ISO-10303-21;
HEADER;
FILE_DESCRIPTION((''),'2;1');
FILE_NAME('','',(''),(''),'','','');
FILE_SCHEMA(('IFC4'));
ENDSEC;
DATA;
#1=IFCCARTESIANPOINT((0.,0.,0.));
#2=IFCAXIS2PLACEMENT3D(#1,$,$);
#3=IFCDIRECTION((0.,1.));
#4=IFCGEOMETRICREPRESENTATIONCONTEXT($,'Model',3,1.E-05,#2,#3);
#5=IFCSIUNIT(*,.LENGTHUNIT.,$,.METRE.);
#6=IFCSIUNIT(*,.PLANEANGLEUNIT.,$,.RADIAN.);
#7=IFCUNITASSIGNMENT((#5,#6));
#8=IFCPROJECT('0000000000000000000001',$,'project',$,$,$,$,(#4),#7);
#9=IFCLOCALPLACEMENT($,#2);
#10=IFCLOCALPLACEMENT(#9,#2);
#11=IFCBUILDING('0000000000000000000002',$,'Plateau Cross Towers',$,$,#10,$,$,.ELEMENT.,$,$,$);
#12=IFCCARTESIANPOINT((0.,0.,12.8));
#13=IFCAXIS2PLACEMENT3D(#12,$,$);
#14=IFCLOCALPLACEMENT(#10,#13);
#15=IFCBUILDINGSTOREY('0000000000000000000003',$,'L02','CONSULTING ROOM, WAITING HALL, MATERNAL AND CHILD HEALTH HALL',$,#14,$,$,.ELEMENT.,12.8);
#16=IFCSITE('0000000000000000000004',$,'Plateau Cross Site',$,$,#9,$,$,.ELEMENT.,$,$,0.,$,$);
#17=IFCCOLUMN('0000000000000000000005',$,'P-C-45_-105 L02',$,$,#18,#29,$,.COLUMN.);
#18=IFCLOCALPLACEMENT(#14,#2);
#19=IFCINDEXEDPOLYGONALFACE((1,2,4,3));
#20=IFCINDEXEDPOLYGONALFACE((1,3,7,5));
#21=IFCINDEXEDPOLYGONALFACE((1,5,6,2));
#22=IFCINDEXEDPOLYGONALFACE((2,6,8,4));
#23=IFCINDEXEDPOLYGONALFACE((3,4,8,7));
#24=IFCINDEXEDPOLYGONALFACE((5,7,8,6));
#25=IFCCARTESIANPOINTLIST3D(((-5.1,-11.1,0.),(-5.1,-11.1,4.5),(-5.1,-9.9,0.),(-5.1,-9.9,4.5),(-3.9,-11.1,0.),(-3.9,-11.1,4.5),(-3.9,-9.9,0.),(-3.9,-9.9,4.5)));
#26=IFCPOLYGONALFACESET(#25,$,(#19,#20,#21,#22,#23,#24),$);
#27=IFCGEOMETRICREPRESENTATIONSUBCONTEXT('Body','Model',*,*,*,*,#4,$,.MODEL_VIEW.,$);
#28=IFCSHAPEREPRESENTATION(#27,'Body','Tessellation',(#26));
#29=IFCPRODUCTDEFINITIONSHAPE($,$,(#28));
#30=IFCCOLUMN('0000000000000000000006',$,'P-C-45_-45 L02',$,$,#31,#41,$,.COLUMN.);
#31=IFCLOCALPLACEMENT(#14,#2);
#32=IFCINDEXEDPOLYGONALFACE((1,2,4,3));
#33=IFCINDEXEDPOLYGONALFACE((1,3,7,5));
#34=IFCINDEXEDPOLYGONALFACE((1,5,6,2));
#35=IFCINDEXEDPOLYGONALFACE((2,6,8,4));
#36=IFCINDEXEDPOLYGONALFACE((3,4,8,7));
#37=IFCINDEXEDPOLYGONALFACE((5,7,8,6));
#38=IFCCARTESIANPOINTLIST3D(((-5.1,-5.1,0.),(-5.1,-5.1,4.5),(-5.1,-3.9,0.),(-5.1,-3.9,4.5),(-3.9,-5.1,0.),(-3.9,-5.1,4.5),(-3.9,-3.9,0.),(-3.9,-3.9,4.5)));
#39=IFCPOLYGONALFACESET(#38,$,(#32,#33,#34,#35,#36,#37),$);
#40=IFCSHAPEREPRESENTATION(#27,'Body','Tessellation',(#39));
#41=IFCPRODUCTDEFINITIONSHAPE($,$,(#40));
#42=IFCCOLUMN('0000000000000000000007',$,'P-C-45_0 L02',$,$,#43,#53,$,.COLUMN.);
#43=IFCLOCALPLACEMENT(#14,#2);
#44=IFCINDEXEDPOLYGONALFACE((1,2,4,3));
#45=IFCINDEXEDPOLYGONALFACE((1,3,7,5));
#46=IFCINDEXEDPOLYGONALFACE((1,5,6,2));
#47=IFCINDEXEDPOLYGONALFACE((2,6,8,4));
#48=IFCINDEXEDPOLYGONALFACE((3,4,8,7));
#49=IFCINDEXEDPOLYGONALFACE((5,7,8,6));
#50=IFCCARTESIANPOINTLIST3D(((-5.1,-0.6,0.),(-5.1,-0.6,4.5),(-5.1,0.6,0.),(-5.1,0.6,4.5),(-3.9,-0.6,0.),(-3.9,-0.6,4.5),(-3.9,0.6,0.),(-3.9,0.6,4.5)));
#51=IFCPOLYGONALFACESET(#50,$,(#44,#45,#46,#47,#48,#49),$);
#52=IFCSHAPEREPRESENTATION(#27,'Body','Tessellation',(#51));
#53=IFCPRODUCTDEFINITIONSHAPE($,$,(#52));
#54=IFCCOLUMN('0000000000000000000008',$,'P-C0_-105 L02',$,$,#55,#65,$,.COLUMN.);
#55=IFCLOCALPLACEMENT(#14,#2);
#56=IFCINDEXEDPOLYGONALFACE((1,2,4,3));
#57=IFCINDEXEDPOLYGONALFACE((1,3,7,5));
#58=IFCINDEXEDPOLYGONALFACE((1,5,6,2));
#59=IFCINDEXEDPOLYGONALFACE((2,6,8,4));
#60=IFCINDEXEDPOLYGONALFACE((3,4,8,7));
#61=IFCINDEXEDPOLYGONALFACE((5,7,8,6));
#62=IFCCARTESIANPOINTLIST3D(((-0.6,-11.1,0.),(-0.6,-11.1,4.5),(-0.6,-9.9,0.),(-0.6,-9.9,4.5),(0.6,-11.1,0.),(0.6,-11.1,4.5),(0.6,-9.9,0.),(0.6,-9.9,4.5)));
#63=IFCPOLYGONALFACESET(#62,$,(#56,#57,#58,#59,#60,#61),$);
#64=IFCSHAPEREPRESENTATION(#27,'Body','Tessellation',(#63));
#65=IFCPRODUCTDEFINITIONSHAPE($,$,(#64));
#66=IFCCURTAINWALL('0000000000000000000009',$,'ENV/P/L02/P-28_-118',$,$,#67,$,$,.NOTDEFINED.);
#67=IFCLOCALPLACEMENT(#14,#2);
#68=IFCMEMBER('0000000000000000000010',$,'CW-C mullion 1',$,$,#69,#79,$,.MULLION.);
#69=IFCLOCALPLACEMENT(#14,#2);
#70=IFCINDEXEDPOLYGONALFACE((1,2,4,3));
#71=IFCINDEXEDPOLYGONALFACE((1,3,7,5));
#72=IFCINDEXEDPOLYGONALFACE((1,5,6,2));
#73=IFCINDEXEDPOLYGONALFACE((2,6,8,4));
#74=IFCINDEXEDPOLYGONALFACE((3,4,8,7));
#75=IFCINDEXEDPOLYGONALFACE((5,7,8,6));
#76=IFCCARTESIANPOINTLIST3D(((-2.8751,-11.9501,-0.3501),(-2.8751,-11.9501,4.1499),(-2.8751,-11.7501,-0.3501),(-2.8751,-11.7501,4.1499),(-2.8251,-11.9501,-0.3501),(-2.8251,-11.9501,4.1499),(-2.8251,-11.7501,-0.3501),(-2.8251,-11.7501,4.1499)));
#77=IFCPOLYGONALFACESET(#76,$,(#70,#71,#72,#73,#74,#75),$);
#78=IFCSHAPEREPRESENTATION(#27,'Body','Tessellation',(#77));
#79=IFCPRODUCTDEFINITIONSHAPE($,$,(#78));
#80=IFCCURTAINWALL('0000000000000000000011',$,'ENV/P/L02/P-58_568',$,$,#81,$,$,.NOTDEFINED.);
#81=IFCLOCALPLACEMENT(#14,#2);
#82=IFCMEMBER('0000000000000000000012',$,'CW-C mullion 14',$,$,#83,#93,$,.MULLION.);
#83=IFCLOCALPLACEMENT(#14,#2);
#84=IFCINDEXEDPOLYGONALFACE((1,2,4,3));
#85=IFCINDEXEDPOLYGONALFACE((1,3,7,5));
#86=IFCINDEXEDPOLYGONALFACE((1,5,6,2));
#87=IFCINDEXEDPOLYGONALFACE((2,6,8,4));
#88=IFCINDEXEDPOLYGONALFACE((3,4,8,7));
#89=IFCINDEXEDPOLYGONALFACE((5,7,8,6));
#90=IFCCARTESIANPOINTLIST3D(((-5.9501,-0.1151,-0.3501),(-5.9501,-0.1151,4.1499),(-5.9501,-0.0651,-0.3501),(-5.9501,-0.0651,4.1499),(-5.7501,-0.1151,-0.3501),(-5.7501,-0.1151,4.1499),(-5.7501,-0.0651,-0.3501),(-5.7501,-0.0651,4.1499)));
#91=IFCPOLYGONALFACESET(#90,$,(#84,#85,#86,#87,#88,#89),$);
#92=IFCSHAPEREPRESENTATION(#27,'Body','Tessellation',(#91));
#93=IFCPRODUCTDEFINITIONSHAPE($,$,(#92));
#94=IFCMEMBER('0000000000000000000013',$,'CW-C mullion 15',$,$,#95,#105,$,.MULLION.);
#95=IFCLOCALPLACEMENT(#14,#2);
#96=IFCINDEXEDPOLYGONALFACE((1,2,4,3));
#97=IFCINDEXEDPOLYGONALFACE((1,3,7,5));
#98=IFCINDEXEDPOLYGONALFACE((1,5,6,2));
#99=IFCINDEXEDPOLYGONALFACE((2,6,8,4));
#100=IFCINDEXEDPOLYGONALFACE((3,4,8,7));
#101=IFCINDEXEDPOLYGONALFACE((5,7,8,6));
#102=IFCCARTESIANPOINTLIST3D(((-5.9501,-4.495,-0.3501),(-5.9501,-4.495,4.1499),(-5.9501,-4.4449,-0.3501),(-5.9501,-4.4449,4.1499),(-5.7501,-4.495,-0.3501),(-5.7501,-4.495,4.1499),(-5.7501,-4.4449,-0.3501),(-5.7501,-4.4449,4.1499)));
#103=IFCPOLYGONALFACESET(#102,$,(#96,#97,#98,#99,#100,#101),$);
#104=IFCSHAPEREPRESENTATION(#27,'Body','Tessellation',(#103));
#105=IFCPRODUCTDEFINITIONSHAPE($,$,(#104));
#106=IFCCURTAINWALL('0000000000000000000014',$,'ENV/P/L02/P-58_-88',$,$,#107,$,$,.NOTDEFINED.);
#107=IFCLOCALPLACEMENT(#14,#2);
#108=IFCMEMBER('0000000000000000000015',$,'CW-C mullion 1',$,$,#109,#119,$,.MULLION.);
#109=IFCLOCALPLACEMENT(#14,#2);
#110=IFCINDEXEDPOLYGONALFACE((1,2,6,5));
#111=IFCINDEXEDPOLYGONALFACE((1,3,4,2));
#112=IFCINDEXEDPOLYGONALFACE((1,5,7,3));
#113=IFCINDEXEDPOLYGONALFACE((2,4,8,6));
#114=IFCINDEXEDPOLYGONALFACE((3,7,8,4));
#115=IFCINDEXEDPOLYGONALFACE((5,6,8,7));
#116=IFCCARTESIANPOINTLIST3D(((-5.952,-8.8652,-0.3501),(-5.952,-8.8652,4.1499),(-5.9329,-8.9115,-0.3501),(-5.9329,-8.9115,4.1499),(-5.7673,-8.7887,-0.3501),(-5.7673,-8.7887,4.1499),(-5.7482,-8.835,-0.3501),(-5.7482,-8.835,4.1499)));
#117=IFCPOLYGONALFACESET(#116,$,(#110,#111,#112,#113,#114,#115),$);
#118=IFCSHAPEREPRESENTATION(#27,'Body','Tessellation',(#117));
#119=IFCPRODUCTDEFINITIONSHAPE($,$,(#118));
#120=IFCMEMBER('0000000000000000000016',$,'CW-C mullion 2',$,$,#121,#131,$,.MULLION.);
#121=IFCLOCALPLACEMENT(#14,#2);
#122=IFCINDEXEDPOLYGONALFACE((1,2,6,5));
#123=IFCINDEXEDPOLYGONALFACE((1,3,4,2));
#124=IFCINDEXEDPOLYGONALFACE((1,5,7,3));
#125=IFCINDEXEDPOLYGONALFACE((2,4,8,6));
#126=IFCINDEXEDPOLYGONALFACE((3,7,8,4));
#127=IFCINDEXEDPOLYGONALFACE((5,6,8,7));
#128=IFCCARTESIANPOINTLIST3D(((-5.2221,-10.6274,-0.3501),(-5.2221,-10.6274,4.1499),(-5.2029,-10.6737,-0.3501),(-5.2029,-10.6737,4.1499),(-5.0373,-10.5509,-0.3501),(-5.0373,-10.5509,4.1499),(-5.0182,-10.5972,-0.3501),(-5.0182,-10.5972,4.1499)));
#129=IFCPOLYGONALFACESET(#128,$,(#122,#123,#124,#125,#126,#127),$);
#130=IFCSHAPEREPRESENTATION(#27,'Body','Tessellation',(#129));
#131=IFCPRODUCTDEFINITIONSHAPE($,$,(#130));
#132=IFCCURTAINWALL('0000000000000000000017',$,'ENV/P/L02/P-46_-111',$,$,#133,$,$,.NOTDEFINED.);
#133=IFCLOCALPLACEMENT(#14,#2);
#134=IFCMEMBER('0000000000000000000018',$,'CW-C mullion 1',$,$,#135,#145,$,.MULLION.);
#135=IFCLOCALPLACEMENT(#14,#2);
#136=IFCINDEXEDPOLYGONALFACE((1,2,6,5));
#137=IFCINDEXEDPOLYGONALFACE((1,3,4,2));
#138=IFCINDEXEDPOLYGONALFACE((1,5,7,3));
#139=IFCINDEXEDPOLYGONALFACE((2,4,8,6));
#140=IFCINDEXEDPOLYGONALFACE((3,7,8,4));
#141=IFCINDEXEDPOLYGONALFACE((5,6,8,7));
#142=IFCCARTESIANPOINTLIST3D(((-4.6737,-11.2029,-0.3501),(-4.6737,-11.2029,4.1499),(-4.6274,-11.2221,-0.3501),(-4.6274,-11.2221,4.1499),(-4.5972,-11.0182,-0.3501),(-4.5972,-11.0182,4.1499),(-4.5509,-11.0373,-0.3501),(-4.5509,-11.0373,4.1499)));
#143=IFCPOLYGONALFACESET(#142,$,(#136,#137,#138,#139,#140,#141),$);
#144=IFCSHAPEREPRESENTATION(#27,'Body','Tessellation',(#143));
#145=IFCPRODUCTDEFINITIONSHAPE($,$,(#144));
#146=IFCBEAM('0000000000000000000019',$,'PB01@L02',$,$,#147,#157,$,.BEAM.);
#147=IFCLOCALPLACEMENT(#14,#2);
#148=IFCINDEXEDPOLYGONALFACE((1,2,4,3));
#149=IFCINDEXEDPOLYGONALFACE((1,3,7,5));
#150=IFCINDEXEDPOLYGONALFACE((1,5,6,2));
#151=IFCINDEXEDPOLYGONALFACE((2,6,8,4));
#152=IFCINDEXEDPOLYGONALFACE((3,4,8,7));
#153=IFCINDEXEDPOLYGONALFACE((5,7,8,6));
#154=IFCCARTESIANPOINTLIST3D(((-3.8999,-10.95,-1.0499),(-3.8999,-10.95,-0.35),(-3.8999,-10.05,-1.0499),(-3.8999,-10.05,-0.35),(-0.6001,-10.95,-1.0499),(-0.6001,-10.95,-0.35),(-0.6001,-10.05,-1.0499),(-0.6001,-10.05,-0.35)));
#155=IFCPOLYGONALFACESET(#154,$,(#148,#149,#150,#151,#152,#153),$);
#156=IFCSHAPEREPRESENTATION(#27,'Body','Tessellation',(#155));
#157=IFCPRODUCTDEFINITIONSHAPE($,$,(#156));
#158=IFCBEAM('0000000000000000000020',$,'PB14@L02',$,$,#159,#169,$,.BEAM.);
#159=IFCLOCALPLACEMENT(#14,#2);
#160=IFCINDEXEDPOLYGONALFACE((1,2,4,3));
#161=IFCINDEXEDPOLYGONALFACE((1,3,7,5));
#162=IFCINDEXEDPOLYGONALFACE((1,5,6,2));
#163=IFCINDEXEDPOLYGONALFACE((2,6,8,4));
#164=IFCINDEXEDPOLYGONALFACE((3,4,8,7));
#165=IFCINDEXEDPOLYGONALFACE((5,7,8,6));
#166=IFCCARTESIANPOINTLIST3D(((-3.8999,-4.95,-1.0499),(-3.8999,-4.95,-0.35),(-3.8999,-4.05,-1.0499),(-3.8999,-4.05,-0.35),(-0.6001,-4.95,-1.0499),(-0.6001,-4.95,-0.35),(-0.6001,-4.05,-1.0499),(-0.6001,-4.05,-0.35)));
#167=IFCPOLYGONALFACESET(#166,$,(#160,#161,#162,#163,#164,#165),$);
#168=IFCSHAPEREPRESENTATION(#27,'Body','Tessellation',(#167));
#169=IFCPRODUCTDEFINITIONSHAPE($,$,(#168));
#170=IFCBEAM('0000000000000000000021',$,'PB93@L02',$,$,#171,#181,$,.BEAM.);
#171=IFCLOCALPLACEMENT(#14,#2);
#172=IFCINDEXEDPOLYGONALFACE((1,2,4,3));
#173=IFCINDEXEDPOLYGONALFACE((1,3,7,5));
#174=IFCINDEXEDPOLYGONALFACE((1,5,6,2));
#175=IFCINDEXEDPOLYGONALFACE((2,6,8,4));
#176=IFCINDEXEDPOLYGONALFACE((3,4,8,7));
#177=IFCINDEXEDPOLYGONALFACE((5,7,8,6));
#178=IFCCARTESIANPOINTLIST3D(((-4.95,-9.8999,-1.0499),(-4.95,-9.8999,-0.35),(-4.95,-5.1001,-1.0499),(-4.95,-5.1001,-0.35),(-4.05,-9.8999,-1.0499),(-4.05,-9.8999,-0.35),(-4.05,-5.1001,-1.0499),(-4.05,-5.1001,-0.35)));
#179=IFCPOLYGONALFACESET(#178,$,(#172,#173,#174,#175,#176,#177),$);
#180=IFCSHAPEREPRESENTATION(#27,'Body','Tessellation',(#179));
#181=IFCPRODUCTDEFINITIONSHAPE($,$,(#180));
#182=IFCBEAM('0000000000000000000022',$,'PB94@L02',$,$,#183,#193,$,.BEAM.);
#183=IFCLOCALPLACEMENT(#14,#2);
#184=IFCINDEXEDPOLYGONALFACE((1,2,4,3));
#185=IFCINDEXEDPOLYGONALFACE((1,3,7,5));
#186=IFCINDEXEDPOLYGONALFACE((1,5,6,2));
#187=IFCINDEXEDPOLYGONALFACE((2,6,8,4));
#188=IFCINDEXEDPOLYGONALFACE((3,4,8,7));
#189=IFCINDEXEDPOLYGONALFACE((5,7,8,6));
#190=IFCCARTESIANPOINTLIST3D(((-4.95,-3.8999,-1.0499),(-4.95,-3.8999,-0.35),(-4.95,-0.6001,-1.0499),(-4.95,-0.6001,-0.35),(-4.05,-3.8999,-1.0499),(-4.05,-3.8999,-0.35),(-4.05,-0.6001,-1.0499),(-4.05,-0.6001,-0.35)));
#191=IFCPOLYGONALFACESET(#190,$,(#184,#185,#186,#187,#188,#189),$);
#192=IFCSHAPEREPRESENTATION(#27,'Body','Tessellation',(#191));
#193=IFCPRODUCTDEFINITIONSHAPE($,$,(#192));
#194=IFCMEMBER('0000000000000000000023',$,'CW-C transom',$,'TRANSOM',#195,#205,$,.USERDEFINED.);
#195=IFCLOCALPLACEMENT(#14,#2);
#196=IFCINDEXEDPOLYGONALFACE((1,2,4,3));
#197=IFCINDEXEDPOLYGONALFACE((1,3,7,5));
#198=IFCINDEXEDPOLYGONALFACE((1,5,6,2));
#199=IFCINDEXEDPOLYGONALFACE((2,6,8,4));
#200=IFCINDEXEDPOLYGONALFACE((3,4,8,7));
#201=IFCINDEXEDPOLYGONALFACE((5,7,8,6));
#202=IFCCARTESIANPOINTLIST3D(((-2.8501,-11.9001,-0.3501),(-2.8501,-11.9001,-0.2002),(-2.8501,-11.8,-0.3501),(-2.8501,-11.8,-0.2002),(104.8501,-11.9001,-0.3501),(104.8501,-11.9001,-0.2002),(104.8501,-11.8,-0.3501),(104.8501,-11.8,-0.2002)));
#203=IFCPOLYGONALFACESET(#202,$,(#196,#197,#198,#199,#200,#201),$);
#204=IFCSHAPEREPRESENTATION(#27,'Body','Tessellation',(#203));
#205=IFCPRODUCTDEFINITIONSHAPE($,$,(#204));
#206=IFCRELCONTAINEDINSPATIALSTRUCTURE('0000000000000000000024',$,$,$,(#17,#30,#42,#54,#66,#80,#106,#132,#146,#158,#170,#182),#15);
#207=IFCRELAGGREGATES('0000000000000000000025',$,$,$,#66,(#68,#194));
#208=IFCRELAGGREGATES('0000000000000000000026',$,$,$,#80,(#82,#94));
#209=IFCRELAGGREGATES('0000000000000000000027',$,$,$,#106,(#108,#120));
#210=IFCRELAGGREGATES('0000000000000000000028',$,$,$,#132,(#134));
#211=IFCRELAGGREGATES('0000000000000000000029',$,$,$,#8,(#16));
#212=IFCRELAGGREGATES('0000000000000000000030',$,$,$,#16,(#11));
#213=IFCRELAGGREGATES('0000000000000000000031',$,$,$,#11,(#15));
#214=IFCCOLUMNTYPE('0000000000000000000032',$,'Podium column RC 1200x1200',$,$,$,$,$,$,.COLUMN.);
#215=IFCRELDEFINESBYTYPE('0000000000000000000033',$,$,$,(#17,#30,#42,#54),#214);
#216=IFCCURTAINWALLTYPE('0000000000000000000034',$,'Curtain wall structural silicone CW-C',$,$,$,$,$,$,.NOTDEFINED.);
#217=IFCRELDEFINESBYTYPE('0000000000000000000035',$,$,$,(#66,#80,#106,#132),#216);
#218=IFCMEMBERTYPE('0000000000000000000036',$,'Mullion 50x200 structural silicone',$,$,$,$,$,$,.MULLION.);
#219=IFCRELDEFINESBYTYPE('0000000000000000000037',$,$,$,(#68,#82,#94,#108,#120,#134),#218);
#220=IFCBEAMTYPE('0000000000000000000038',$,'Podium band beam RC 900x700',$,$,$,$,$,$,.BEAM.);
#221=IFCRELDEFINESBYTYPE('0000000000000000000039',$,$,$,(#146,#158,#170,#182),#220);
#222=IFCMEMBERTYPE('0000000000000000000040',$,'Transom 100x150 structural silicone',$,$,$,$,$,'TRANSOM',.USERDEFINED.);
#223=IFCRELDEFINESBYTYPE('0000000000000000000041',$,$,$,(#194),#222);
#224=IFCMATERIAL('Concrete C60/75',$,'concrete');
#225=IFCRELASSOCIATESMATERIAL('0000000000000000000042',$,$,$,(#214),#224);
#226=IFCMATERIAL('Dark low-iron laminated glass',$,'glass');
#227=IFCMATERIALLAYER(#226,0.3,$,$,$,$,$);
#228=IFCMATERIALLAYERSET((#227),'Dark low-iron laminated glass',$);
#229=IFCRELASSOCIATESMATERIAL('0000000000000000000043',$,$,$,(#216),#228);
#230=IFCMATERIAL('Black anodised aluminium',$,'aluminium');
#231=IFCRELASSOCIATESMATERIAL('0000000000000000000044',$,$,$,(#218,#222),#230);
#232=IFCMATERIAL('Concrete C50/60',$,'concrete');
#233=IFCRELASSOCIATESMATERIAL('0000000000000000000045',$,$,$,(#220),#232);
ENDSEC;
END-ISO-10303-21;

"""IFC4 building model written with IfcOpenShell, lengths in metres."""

from ifc_helpers import new_model, si_unit, direction, frame, origin, origin_2d, place, context, subcontext, project, spatial, rectangle, extrude, material, layer, layer_set, material_profile, profile_set, type_object, element, aggregate, save


model = new_model("IFC4")

# Units and contexts
model_context = context("Model", 3, precision=1e-05, world=origin(), true_north=direction((0.0, 1.0)))
body_context = subcontext(model_context, "Body", "Model", "MODEL_VIEW")
ifc_project = project(units=[si_unit("LENGTHUNIT", "METRE"), si_unit("PLANEANGLEUNIT", "RADIAN")], contexts=[model_context])

# Site, building, storey
site_placement = place(None, origin())
site = spatial("IfcSite", under=ifc_project, at=site_placement, Name="Plateau Cross Site", CompositionType="ELEMENT", RefElevation=0.0)
building_placement = place(site_placement, origin())
building = spatial("IfcBuilding", under=site, at=building_placement, Name="Plateau Cross Towers", CompositionType="ELEMENT")
storey_placement = place(building_placement, frame((0.0, 0.0, 12.8)))
storey = spatial("IfcBuildingStorey", under=building, at=storey_placement, Name="L02", Description="CONSULTING ROOM, WAITING HALL, MATERNAL AND CHILD HEALTH HALL", CompositionType="ELEMENT", Elevation=12.8)

# Columns
ifc_material_1 = material(Name="Concrete C60/75", Category="concrete")
ifc_material_profile_1 = material_profile(ifc_material_1, rectangle(XDim=1.2, YDim=1.2, at=origin_2d()), Name="RC 1200x1200")
ifc_profile_set_1 = profile_set([ifc_material_profile_1], Name="Concrete C60/75")
column_type = type_object("IfcColumnType", Name="Podium column RC 1200x1200", PredefinedType="COLUMN", material=ifc_profile_set_1)
for number, where, z_axis, x_axis, name in (
    (1, (-4.5, -10.5, 0.0), (0.0, 0.0, 1.0), (1.0, 0.0, 0.0), "P-C-45_-105 L02"),
    (2, (-4.5, -4.5, 0.0), (0.0, 0.0, 1.0), (1.0, 0.0, 0.0), "P-C-45_-45 L02"),
    (3, (-4.5, 0.0, 0.0), (0.0, 0.0, 1.0), (1.0, 0.0, 0.0), "P-C-45_0 L02"),
    (4, (0.0, -10.5, 0.0), (0.0, 0.0, 1.0), (1.0, 0.0, 0.0), "P-C0_-105 L02"),
):
    element("IfcColumn", number, at=place(storey_placement, frame(where, z_axis=z_axis, x_axis=x_axis)), inside=storey, type_object=column_type, Name=name, PredefinedType="COLUMN", context=body_context, shape_type="SweptSolid", body=[
        extrude(rectangle(XDim=1.2, YDim=1.2, at=origin_2d()), origin(), (0.0, 0.0, 1.0), 4.5),
    ])

# Curtain wall, member
ifc_material_2 = material(Name="Dark low-iron laminated glass", Category="glass")
ifc_layer_1 = layer(ifc_material_2, 0.3)
ifc_layer_set_1 = layer_set([ifc_layer_1], Name="Dark low-iron laminated glass")
curtain_wall_type = type_object("IfcCurtainWallType", Name="Curtain wall structural silicone CW-C", PredefinedType="NOTDEFINED", material=ifc_layer_set_1)
curtain_wall_1_placement = place(storey_placement, origin())
curtain_wall_1 = element("IfcCurtainWall", 5, at=curtain_wall_1_placement, inside=storey, type_object=curtain_wall_type, Name="ENV/P/L02/P-28_-118", PredefinedType="NOTDEFINED")
ifc_material_3 = material(Name="Black anodised aluminium", Category="aluminium")
ifc_material_profile_2 = material_profile(ifc_material_3, rectangle(XDim=0.05, YDim=0.2, at=origin_2d()), Name="MULLION 50x200")
ifc_profile_set_2 = profile_set([ifc_material_profile_2], Name="Black anodised aluminium")
member_type_1 = type_object("IfcMemberType", Name="Mullion 50x200 structural silicone", PredefinedType="MULLION", material=ifc_profile_set_2)
member_1_placement = place(storey_placement, frame((-2.8501, -11.8501, -0.3501), z_axis=(0.0, 0.0, 1.0), x_axis=(1.0, 0.0, 0.0)))
member_1 = element("IfcMember", 6, at=member_1_placement, type_object=member_type_1, Name="CW-C mullion 1", PredefinedType="MULLION", context=body_context, shape_type="SweptSolid", body=[
    extrude(rectangle(XDim=0.05, YDim=0.2, at=origin_2d()), origin(), (0.0, 0.0, 1.0), 4.5),
])

# Curtain walls, members
curtain_wall_2_placement = place(storey_placement, origin())
curtain_wall_2 = element("IfcCurtainWall", 7, at=curtain_wall_2_placement, inside=storey, type_object=curtain_wall_type, Name="ENV/P/L02/P-58_568", PredefinedType="NOTDEFINED")
member_2_placement = place(storey_placement, frame((-5.8501, -0.0901, -0.3501), z_axis=(0.0, 0.0, 1.0), x_axis=(0.0, -1.0, 0.0)))
member_2 = element("IfcMember", 8, at=member_2_placement, type_object=member_type_1, Name="CW-C mullion 14", PredefinedType="MULLION", context=body_context, shape_type="SweptSolid", body=[
    extrude(rectangle(XDim=0.05, YDim=0.2, at=origin_2d()), origin(), (0.0, 0.0, 1.0), 4.5),
])
member_3_placement = place(storey_placement, frame((-5.8501, -4.47, -0.3501), z_axis=(0.0, 0.0, 1.0), x_axis=(0.0, -1.0, 0.0)))
member_3 = element("IfcMember", 9, at=member_3_placement, type_object=member_type_1, Name="CW-C mullion 15", PredefinedType="MULLION", context=body_context, shape_type="SweptSolid", body=[
    extrude(rectangle(XDim=0.05, YDim=0.2, at=origin_2d()), origin(), (0.0, 0.0, 1.0), 4.5),
])
curtain_wall_3_placement = place(storey_placement, origin())
curtain_wall_3 = element("IfcCurtainWall", 10, at=curtain_wall_3_placement, inside=storey, type_object=curtain_wall_type, Name="ENV/P/L02/P-58_-88", PredefinedType="NOTDEFINED")
member_4_placement = place(storey_placement, frame((-5.8501, -8.8501, -0.3501), z_axis=(0.0, 0.0, 1.0), x_axis=(0.382684, -0.923879, 0.0)))
member_4 = element("IfcMember", 11, at=member_4_placement, type_object=member_type_1, Name="CW-C mullion 1", PredefinedType="MULLION", context=body_context, shape_type="SweptSolid", body=[
    extrude(rectangle(XDim=0.05, YDim=0.2, at=origin_2d()), origin(), (0.0, 0.0, 1.0), 4.5),
])
member_5_placement = place(storey_placement, frame((-5.1201, -10.6123, -0.3501), z_axis=(0.0, 0.0, 1.0), x_axis=(0.382684, -0.923879, 0.0)))
member_5 = element("IfcMember", 12, at=member_5_placement, type_object=member_type_1, Name="CW-C mullion 2", PredefinedType="MULLION", context=body_context, shape_type="SweptSolid", body=[
    extrude(rectangle(XDim=0.05, YDim=0.2, at=origin_2d()), origin(), (0.0, 0.0, 1.0), 4.5),
])

# Curtain wall, member
curtain_wall_4_placement = place(storey_placement, origin())
curtain_wall_4 = element("IfcCurtainWall", 13, at=curtain_wall_4_placement, inside=storey, type_object=curtain_wall_type, Name="ENV/P/L02/P-46_-111", PredefinedType="NOTDEFINED")
member_6_placement = place(storey_placement, frame((-4.6123, -11.1201, -0.3501), z_axis=(0.0, 0.0, 1.0), x_axis=(0.923879, -0.382684, 0.0)))
member_6 = element("IfcMember", 14, at=member_6_placement, type_object=member_type_1, Name="CW-C mullion 1", PredefinedType="MULLION", context=body_context, shape_type="SweptSolid", body=[
    extrude(rectangle(XDim=0.05, YDim=0.2, at=origin_2d()), origin(), (0.0, 0.0, 1.0), 4.5),
])

# Beams
ifc_material_4 = material(Name="Concrete C50/60", Category="concrete")
ifc_material_profile_3 = material_profile(ifc_material_4, rectangle(XDim=0.8999, YDim=0.7, at=origin_2d()), Name="RC 900x700")
ifc_profile_set_3 = profile_set([ifc_material_profile_3], Name="Concrete C50/60")
beam_type = type_object("IfcBeamType", Name="Podium band beam RC 900x700", PredefinedType="BEAM", material=ifc_profile_set_3)
for number, where, z_axis, x_axis, name in (
    (15, (-3.8999, -10.5, -0.7), (1.0, 0.0, 0.0), (0.0, 1.0, 0.0), "PB01@L02"),
    (16, (-3.8999, -4.5, -0.7), (1.0, 0.0, 0.0), (0.0, 1.0, 0.0), "PB14@L02"),
):
    element("IfcBeam", number, at=place(storey_placement, frame(where, z_axis=z_axis, x_axis=x_axis)), inside=storey, type_object=beam_type, Name=name, PredefinedType="BEAM", context=body_context, shape_type="SweptSolid", body=[
        extrude(rectangle(XDim=0.8999, YDim=0.7, at=origin_2d()), origin(), (0.0, 0.0, 1.0), 3.2998),
    ])
beam_1_placement = place(storey_placement, frame((-4.5, -9.8999, -0.7), z_axis=(0.0, 1.0, 0.0), x_axis=(-1.0, 0.0, 0.0)))
element("IfcBeam", 17, at=beam_1_placement, inside=storey, type_object=beam_type, Name="PB93@L02", PredefinedType="BEAM", context=body_context, shape_type="SweptSolid", body=[
    extrude(rectangle(XDim=0.8999, YDim=0.7, at=origin_2d()), origin(), (0.0, 0.0, 1.0), 4.7998),
])
beam_2_placement = place(storey_placement, frame((-4.5, -3.8999, -0.7), z_axis=(0.0, 1.0, 0.0), x_axis=(-1.0, 0.0, 0.0)))
element("IfcBeam", 18, at=beam_2_placement, inside=storey, type_object=beam_type, Name="PB94@L02", PredefinedType="BEAM", context=body_context, shape_type="SweptSolid", body=[
    extrude(rectangle(XDim=0.8999, YDim=0.7, at=origin_2d()), origin(), (0.0, 0.0, 1.0), 3.2998),
])

# Member
ifc_material_profile_4 = material_profile(ifc_material_3, rectangle(XDim=0.1001, YDim=0.1499, at=origin_2d()), Name="TRANSOM 100x150")
ifc_profile_set_4 = profile_set([ifc_material_profile_4], Name="Black anodised aluminium")
member_type_2 = type_object("IfcMemberType", Name="Transom 100x150 structural silicone", ElementType="TRANSOM", PredefinedType="USERDEFINED", material=ifc_profile_set_4)
member_7_placement = place(storey_placement, frame((-2.8501, -11.8501, -0.2751), z_axis=(1.0, 0.0, 0.0), x_axis=(0.0, 1.0, 0.0)))
member_7 = element("IfcMember", 19, at=member_7_placement, type_object=member_type_2, Name="CW-C transom", ObjectType="TRANSOM", PredefinedType="USERDEFINED", context=body_context, shape_type="SweptSolid", body=[
    extrude(rectangle(XDim=0.1001, YDim=0.1499, at=origin_2d()), origin(), (0.0, 0.0, 1.0), 107.7002),
])

aggregate(curtain_wall_1, [member_1, member_7])
aggregate(curtain_wall_2, [member_2, member_3])
aggregate(curtain_wall_3, [member_4, member_5])
aggregate(curtain_wall_4, [member_6])

save(model, "model.ifc")
